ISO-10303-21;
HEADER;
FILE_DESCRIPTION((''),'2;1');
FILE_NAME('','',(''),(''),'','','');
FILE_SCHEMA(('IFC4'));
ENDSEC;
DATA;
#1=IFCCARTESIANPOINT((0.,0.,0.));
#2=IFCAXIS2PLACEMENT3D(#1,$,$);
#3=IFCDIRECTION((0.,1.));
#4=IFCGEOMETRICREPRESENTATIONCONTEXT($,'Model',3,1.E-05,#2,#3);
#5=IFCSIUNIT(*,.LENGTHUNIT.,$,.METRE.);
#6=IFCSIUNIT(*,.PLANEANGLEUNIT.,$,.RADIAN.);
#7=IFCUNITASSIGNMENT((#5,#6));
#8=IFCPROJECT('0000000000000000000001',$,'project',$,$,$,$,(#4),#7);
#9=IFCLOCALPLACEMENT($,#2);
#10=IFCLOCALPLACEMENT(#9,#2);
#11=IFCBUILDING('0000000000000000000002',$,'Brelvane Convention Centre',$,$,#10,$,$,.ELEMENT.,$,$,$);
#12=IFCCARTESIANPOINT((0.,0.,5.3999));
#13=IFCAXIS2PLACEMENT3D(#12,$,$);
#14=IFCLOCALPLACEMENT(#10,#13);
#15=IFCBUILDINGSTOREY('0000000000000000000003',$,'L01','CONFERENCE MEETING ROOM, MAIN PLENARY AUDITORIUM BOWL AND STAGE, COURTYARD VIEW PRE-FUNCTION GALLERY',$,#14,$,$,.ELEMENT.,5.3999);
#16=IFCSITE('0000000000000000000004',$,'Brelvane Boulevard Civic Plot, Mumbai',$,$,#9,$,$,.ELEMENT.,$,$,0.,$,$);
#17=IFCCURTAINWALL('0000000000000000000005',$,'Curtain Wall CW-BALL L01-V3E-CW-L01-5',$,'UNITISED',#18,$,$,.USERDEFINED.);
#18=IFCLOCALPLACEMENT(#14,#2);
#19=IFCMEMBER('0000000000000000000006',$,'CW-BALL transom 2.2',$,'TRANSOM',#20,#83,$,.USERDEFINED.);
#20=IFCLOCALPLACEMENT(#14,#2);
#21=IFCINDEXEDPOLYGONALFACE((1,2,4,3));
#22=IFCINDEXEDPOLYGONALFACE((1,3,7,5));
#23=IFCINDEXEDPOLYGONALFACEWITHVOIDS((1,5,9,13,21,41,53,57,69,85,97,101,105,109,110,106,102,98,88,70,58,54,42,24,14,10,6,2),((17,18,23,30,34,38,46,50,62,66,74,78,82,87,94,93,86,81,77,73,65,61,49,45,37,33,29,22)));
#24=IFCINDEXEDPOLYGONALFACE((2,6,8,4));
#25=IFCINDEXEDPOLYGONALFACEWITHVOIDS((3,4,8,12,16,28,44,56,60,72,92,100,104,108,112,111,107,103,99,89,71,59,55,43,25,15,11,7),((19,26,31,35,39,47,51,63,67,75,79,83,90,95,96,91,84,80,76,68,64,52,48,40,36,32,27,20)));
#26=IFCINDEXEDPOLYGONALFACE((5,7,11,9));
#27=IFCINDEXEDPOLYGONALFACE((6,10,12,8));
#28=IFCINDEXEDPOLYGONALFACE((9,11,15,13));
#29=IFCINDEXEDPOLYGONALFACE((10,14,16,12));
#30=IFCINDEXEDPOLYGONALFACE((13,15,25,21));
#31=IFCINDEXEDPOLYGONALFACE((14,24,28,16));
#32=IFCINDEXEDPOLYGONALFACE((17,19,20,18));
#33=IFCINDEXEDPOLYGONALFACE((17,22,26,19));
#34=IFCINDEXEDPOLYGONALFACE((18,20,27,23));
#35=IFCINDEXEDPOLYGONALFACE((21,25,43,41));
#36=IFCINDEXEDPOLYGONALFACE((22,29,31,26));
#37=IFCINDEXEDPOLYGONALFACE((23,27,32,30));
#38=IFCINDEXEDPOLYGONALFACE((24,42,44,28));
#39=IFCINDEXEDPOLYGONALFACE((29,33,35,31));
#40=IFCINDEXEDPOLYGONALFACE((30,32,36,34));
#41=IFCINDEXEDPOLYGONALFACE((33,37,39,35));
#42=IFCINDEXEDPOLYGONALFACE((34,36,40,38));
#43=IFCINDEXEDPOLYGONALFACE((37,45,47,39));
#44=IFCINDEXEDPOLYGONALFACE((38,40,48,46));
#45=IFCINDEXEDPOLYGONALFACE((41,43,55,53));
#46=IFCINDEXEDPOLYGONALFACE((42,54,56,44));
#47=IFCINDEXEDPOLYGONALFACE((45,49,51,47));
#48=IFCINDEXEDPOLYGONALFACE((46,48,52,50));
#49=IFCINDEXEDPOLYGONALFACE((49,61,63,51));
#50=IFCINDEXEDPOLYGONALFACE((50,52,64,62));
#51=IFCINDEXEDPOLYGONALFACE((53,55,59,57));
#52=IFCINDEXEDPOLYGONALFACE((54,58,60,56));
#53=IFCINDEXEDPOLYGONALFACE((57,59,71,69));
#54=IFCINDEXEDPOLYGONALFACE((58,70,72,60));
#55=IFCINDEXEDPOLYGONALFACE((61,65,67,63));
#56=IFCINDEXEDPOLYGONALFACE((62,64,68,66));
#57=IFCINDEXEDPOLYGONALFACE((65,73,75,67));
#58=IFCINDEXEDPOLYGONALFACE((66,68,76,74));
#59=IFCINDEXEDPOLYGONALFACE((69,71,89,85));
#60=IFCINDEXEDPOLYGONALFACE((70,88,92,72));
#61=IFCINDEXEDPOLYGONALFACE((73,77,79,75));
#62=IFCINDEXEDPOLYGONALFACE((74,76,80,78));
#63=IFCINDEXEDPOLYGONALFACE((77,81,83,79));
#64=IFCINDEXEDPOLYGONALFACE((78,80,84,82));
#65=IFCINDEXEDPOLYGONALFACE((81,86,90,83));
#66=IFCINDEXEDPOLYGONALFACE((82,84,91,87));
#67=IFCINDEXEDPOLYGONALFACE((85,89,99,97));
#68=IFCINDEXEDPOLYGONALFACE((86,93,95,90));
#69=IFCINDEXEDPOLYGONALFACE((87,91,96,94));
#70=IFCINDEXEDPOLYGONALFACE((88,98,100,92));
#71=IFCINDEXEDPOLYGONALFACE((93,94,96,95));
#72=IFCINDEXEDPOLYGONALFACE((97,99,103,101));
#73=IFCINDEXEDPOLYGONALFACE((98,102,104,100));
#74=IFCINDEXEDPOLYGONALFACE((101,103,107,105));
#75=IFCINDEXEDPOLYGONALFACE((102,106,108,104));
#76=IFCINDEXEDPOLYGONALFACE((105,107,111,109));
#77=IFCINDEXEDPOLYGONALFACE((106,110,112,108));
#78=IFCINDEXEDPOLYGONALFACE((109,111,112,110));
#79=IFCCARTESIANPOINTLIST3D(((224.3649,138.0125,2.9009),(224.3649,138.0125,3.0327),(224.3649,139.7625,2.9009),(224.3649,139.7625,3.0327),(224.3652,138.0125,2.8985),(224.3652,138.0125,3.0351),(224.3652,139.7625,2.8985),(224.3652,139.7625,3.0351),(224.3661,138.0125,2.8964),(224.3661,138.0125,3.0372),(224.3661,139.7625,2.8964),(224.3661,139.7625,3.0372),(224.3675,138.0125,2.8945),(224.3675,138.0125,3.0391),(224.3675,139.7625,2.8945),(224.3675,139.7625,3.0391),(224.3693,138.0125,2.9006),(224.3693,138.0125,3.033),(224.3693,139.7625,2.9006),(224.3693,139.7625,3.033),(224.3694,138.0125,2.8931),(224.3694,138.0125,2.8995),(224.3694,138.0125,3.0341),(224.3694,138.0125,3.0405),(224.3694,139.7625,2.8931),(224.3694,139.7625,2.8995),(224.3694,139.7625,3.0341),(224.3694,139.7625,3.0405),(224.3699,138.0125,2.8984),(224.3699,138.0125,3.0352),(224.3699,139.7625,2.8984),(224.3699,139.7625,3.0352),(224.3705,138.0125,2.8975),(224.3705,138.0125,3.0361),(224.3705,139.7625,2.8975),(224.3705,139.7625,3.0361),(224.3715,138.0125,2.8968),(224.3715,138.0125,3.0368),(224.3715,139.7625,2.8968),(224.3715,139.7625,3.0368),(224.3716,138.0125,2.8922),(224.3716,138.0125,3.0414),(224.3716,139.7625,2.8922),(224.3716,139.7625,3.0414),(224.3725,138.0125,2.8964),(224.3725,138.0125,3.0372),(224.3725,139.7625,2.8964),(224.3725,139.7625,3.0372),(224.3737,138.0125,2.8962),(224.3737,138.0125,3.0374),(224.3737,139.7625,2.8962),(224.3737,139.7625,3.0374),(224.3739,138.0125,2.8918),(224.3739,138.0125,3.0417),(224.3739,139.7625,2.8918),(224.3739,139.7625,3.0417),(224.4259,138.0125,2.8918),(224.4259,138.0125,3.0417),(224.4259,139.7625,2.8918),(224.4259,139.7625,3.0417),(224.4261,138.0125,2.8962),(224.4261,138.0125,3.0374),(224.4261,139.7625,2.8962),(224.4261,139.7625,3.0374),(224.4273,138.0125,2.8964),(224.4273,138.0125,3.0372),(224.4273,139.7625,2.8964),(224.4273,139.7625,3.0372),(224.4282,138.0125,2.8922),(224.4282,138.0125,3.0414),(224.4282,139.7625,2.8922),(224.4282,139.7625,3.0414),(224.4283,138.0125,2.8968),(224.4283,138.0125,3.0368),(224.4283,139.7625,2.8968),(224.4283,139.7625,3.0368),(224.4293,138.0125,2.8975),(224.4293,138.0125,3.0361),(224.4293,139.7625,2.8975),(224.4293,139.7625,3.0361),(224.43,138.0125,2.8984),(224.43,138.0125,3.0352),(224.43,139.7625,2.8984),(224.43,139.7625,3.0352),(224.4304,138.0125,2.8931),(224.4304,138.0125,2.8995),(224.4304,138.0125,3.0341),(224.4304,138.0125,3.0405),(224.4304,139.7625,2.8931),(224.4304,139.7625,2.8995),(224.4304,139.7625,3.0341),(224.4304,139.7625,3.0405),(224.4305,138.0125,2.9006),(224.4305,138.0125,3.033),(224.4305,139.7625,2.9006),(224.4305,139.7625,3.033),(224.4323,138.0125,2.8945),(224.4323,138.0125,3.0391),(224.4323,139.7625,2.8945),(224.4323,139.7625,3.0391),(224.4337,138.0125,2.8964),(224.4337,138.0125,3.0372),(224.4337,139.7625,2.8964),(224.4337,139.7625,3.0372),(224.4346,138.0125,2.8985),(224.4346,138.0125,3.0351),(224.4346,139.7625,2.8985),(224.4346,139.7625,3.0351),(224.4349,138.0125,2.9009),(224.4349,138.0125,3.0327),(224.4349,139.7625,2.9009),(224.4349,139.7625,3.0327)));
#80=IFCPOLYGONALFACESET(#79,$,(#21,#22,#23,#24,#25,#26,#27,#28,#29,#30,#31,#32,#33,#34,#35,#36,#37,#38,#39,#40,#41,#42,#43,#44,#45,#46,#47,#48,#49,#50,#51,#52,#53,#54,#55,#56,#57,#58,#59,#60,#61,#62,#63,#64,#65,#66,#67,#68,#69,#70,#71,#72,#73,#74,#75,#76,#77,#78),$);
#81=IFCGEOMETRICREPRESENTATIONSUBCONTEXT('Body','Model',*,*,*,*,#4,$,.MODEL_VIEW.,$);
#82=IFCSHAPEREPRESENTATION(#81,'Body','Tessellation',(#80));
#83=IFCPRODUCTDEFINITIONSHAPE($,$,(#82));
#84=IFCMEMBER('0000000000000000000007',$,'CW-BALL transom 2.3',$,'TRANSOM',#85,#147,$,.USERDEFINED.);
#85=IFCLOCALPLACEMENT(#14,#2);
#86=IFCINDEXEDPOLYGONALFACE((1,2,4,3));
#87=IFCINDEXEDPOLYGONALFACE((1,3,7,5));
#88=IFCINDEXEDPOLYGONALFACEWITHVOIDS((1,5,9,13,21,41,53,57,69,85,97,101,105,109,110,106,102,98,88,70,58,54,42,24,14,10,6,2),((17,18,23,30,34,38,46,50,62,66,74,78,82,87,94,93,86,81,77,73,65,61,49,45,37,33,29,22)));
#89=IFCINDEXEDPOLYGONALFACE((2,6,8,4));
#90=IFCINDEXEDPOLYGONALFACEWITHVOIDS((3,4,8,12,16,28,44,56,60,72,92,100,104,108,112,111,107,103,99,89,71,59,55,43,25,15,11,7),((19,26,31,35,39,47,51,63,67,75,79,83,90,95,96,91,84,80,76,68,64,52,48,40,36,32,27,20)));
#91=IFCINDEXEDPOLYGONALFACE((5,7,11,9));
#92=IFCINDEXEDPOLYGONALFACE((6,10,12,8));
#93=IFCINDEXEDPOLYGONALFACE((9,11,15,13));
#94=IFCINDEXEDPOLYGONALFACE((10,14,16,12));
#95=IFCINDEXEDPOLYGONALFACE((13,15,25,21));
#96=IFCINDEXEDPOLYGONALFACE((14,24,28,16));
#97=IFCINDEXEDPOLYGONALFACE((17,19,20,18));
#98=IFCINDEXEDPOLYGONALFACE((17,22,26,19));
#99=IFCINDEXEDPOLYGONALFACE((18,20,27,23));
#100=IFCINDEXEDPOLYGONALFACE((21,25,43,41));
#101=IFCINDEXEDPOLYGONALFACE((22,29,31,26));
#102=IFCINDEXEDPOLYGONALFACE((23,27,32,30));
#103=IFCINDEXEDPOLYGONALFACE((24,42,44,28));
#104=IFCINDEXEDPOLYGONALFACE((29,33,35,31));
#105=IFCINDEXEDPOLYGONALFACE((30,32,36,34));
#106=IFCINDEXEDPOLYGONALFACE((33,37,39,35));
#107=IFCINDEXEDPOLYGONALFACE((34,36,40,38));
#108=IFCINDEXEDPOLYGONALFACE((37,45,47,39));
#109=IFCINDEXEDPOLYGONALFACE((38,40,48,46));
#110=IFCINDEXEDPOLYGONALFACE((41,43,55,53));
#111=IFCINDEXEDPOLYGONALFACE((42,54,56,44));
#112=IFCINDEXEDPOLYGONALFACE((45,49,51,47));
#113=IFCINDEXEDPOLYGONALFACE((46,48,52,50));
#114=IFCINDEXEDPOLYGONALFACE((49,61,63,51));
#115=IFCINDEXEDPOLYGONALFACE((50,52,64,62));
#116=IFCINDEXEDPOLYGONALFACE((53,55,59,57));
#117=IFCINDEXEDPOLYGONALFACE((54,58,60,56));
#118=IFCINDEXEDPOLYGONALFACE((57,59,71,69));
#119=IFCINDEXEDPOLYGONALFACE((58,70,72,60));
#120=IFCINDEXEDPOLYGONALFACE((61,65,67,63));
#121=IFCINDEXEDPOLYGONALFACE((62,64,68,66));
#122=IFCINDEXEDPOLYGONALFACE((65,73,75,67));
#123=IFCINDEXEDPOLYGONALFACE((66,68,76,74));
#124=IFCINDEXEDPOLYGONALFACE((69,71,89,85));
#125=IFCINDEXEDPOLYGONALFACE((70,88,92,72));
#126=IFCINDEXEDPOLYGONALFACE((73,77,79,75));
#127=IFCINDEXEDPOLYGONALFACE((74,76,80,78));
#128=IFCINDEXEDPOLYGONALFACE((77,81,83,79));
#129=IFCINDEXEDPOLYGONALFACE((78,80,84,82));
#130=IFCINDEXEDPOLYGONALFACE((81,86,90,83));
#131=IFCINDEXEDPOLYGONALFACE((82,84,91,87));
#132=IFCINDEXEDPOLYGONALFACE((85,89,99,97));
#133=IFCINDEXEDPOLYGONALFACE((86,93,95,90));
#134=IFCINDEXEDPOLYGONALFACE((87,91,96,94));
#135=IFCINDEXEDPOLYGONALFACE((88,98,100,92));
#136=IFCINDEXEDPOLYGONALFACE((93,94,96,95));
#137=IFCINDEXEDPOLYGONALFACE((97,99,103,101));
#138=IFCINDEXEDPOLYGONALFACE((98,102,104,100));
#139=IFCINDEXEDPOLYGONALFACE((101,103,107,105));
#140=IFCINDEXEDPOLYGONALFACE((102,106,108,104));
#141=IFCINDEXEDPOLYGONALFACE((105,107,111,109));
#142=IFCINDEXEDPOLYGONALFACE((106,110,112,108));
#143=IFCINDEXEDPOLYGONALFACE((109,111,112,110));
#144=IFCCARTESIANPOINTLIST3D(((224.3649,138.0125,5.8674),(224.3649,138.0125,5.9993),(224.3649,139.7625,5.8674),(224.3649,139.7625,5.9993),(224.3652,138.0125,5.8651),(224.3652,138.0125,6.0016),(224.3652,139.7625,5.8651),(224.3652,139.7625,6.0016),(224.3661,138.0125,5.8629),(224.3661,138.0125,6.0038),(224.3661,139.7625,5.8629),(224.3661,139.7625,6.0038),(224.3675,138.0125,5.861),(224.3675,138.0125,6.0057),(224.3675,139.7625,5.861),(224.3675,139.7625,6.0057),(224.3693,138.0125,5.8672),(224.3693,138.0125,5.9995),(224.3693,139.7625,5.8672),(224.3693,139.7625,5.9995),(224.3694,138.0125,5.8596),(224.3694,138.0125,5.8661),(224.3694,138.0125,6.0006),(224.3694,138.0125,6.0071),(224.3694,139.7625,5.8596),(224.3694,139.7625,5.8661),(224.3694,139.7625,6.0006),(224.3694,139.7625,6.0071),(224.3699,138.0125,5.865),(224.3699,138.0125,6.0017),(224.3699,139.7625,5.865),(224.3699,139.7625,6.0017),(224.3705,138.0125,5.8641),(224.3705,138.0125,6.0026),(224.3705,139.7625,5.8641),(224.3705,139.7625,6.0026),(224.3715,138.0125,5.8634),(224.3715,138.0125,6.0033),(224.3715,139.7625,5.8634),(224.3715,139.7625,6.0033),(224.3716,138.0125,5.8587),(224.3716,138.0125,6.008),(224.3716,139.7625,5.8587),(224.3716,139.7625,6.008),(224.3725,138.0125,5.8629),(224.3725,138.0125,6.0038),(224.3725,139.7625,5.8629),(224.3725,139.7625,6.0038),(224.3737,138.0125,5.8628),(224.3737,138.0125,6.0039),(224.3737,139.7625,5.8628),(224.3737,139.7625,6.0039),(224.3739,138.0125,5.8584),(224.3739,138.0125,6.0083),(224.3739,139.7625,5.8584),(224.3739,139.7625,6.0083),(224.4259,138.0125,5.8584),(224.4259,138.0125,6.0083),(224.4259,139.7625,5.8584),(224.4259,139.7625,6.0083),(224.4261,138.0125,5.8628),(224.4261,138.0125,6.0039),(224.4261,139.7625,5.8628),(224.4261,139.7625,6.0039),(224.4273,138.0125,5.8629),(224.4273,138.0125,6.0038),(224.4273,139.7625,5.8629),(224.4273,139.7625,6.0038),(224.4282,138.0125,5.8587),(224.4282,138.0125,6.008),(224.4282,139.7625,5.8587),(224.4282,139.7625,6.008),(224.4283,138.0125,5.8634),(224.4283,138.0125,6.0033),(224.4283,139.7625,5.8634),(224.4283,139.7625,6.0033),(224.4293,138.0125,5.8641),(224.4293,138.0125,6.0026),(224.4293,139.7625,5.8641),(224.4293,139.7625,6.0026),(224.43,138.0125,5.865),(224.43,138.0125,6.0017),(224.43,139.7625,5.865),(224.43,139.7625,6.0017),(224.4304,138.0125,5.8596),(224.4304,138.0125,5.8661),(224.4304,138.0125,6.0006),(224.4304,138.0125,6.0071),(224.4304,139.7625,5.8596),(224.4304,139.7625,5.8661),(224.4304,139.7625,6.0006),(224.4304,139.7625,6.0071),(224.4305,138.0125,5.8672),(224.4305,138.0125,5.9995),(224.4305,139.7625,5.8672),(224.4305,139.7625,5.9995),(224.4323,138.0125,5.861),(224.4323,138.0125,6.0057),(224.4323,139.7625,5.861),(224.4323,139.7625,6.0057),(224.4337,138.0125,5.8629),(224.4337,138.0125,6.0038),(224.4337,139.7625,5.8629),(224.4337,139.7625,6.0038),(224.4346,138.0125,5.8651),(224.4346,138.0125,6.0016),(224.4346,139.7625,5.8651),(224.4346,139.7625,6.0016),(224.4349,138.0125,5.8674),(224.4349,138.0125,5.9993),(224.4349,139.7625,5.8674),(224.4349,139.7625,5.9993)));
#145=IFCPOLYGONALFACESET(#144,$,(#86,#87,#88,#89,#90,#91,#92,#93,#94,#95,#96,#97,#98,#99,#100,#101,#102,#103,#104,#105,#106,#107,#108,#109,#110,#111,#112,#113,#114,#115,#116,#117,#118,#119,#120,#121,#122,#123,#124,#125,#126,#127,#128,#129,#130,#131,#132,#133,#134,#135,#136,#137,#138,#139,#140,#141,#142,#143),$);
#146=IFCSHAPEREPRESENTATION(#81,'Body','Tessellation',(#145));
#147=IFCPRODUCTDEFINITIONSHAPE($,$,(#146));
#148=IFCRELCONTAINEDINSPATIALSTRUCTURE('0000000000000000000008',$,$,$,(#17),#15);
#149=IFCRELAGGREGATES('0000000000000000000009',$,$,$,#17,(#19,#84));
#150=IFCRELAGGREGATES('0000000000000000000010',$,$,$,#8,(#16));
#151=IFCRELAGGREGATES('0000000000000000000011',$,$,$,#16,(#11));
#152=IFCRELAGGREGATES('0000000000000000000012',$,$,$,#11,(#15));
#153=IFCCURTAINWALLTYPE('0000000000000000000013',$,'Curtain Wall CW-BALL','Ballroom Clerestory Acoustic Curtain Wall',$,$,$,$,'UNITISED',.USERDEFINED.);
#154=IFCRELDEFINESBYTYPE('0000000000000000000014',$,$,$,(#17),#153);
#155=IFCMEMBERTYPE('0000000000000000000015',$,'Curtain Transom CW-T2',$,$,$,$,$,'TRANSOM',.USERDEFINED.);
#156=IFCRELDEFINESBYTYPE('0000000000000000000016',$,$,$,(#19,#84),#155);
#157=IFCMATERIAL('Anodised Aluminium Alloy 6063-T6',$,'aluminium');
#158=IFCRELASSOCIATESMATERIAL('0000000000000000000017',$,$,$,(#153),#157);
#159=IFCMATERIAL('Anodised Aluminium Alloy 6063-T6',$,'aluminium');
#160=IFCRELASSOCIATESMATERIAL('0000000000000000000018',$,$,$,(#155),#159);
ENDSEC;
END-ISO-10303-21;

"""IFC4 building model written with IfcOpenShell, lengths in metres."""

from ifc_helpers import new_model, si_unit, direction, frame, origin, origin_2d, place, context, subcontext, project, spatial, hollow_rectangle, extrude, material, material_profile, profile_set, type_object, element, aggregate, save


model = new_model("IFC4")

# Units and contexts
model_context = context("Model", 3, precision=1e-05, world=origin(), true_north=direction((0.0, 1.0)))
body_context = subcontext(model_context, "Body", "Model", "MODEL_VIEW")
ifc_project = project(units=[si_unit("LENGTHUNIT", "METRE"), si_unit("PLANEANGLEUNIT", "RADIAN")], contexts=[model_context])

# Site, building, storey
site_placement = place(None, origin())
site = spatial("IfcSite", under=ifc_project, at=site_placement, Name="Brelvane Boulevard Civic Plot, Mumbai", CompositionType="ELEMENT", RefElevation=0.0)
building_placement = place(site_placement, origin())
building = spatial("IfcBuilding", under=site, at=building_placement, Name="Brelvane Convention Centre", CompositionType="ELEMENT")
storey_placement = place(building_placement, frame((0.0, 0.0, 5.3999)))
storey = spatial("IfcBuildingStorey", under=building, at=storey_placement, Name="L01", Description="CONFERENCE MEETING ROOM, MAIN PLENARY AUDITORIUM BOWL AND STAGE, COURTYARD VIEW PRE-FUNCTION GALLERY", CompositionType="ELEMENT", Elevation=5.3999)

# Curtain wall, members
ifc_material_1 = material(Name="Anodised Aluminium Alloy 6063-T6", Category="aluminium")
curtain_wall_type = type_object("IfcCurtainWallType", Name="Curtain Wall CW-BALL", Description="Ballroom Clerestory Acoustic Curtain Wall", ElementType="UNITISED", PredefinedType="USERDEFINED", material=ifc_material_1)
curtain_wall_placement = place(storey_placement, origin())
curtain_wall = element("IfcCurtainWall", 1, at=curtain_wall_placement, inside=storey, type_object=curtain_wall_type, Name="Curtain Wall CW-BALL L01-V3E-CW-L01-5", ObjectType="UNITISED", PredefinedType="USERDEFINED")
ifc_material_2 = material(Name="Anodised Aluminium Alloy 6063-T6", Category="aluminium")
ifc_material_profile_1 = material_profile(ifc_material_2, hollow_rectangle(XDim=0.0701, YDim=0.1499, WallThickness=0.0044, InnerFilletRadius=0.0044, OuterFilletRadius=0.009, at=origin_2d()), Name="ALU-T 150x70x4.5")
ifc_profile_set_1 = profile_set([ifc_material_profile_1], Name="Anodised Aluminium Alloy 6063-T6")
member_type_1 = type_object("IfcMemberType", Name="Curtain Transom CW-T2", ElementType="TRANSOM", PredefinedType="USERDEFINED", material=ifc_profile_set_1)
member_1_placement = place(storey_placement, frame((224.3999, 138.0125, 2.9668), z_axis=(0.0, 1.0, 0.0), x_axis=(-1.0, 0.0, 0.0)))
member_1 = element("IfcMember", 2, at=member_1_placement, type_object=member_type_1, Name="CW-BALL transom 2.2", ObjectType="TRANSOM", PredefinedType="USERDEFINED", context=body_context, shape_type="SweptSolid", body=[
    extrude(hollow_rectangle(XDim=0.0701, YDim=0.1499, WallThickness=0.0044, InnerFilletRadius=0.0044, OuterFilletRadius=0.009, at=origin_2d()), origin(), (0.0, 0.0, 1.0), 1.75),
])
member_2_placement = place(storey_placement, frame((224.3999, 138.0125, 5.9333), z_axis=(0.0, 1.0, 0.0), x_axis=(-1.0, 0.0, 0.0)))
member_2 = element("IfcMember", 3, at=member_2_placement, type_object=member_type_1, Name="CW-BALL transom 2.3", ObjectType="TRANSOM", PredefinedType="USERDEFINED", context=body_context, shape_type="SweptSolid", body=[
    extrude(hollow_rectangle(XDim=0.0701, YDim=0.1499, WallThickness=0.0044, InnerFilletRadius=0.0044, OuterFilletRadius=0.009, at=origin_2d()), origin(), (0.0, 0.0, 1.0), 1.75),
])
aggregate(curtain_wall, [member_1, member_2])

save(model, "model.ifc")
